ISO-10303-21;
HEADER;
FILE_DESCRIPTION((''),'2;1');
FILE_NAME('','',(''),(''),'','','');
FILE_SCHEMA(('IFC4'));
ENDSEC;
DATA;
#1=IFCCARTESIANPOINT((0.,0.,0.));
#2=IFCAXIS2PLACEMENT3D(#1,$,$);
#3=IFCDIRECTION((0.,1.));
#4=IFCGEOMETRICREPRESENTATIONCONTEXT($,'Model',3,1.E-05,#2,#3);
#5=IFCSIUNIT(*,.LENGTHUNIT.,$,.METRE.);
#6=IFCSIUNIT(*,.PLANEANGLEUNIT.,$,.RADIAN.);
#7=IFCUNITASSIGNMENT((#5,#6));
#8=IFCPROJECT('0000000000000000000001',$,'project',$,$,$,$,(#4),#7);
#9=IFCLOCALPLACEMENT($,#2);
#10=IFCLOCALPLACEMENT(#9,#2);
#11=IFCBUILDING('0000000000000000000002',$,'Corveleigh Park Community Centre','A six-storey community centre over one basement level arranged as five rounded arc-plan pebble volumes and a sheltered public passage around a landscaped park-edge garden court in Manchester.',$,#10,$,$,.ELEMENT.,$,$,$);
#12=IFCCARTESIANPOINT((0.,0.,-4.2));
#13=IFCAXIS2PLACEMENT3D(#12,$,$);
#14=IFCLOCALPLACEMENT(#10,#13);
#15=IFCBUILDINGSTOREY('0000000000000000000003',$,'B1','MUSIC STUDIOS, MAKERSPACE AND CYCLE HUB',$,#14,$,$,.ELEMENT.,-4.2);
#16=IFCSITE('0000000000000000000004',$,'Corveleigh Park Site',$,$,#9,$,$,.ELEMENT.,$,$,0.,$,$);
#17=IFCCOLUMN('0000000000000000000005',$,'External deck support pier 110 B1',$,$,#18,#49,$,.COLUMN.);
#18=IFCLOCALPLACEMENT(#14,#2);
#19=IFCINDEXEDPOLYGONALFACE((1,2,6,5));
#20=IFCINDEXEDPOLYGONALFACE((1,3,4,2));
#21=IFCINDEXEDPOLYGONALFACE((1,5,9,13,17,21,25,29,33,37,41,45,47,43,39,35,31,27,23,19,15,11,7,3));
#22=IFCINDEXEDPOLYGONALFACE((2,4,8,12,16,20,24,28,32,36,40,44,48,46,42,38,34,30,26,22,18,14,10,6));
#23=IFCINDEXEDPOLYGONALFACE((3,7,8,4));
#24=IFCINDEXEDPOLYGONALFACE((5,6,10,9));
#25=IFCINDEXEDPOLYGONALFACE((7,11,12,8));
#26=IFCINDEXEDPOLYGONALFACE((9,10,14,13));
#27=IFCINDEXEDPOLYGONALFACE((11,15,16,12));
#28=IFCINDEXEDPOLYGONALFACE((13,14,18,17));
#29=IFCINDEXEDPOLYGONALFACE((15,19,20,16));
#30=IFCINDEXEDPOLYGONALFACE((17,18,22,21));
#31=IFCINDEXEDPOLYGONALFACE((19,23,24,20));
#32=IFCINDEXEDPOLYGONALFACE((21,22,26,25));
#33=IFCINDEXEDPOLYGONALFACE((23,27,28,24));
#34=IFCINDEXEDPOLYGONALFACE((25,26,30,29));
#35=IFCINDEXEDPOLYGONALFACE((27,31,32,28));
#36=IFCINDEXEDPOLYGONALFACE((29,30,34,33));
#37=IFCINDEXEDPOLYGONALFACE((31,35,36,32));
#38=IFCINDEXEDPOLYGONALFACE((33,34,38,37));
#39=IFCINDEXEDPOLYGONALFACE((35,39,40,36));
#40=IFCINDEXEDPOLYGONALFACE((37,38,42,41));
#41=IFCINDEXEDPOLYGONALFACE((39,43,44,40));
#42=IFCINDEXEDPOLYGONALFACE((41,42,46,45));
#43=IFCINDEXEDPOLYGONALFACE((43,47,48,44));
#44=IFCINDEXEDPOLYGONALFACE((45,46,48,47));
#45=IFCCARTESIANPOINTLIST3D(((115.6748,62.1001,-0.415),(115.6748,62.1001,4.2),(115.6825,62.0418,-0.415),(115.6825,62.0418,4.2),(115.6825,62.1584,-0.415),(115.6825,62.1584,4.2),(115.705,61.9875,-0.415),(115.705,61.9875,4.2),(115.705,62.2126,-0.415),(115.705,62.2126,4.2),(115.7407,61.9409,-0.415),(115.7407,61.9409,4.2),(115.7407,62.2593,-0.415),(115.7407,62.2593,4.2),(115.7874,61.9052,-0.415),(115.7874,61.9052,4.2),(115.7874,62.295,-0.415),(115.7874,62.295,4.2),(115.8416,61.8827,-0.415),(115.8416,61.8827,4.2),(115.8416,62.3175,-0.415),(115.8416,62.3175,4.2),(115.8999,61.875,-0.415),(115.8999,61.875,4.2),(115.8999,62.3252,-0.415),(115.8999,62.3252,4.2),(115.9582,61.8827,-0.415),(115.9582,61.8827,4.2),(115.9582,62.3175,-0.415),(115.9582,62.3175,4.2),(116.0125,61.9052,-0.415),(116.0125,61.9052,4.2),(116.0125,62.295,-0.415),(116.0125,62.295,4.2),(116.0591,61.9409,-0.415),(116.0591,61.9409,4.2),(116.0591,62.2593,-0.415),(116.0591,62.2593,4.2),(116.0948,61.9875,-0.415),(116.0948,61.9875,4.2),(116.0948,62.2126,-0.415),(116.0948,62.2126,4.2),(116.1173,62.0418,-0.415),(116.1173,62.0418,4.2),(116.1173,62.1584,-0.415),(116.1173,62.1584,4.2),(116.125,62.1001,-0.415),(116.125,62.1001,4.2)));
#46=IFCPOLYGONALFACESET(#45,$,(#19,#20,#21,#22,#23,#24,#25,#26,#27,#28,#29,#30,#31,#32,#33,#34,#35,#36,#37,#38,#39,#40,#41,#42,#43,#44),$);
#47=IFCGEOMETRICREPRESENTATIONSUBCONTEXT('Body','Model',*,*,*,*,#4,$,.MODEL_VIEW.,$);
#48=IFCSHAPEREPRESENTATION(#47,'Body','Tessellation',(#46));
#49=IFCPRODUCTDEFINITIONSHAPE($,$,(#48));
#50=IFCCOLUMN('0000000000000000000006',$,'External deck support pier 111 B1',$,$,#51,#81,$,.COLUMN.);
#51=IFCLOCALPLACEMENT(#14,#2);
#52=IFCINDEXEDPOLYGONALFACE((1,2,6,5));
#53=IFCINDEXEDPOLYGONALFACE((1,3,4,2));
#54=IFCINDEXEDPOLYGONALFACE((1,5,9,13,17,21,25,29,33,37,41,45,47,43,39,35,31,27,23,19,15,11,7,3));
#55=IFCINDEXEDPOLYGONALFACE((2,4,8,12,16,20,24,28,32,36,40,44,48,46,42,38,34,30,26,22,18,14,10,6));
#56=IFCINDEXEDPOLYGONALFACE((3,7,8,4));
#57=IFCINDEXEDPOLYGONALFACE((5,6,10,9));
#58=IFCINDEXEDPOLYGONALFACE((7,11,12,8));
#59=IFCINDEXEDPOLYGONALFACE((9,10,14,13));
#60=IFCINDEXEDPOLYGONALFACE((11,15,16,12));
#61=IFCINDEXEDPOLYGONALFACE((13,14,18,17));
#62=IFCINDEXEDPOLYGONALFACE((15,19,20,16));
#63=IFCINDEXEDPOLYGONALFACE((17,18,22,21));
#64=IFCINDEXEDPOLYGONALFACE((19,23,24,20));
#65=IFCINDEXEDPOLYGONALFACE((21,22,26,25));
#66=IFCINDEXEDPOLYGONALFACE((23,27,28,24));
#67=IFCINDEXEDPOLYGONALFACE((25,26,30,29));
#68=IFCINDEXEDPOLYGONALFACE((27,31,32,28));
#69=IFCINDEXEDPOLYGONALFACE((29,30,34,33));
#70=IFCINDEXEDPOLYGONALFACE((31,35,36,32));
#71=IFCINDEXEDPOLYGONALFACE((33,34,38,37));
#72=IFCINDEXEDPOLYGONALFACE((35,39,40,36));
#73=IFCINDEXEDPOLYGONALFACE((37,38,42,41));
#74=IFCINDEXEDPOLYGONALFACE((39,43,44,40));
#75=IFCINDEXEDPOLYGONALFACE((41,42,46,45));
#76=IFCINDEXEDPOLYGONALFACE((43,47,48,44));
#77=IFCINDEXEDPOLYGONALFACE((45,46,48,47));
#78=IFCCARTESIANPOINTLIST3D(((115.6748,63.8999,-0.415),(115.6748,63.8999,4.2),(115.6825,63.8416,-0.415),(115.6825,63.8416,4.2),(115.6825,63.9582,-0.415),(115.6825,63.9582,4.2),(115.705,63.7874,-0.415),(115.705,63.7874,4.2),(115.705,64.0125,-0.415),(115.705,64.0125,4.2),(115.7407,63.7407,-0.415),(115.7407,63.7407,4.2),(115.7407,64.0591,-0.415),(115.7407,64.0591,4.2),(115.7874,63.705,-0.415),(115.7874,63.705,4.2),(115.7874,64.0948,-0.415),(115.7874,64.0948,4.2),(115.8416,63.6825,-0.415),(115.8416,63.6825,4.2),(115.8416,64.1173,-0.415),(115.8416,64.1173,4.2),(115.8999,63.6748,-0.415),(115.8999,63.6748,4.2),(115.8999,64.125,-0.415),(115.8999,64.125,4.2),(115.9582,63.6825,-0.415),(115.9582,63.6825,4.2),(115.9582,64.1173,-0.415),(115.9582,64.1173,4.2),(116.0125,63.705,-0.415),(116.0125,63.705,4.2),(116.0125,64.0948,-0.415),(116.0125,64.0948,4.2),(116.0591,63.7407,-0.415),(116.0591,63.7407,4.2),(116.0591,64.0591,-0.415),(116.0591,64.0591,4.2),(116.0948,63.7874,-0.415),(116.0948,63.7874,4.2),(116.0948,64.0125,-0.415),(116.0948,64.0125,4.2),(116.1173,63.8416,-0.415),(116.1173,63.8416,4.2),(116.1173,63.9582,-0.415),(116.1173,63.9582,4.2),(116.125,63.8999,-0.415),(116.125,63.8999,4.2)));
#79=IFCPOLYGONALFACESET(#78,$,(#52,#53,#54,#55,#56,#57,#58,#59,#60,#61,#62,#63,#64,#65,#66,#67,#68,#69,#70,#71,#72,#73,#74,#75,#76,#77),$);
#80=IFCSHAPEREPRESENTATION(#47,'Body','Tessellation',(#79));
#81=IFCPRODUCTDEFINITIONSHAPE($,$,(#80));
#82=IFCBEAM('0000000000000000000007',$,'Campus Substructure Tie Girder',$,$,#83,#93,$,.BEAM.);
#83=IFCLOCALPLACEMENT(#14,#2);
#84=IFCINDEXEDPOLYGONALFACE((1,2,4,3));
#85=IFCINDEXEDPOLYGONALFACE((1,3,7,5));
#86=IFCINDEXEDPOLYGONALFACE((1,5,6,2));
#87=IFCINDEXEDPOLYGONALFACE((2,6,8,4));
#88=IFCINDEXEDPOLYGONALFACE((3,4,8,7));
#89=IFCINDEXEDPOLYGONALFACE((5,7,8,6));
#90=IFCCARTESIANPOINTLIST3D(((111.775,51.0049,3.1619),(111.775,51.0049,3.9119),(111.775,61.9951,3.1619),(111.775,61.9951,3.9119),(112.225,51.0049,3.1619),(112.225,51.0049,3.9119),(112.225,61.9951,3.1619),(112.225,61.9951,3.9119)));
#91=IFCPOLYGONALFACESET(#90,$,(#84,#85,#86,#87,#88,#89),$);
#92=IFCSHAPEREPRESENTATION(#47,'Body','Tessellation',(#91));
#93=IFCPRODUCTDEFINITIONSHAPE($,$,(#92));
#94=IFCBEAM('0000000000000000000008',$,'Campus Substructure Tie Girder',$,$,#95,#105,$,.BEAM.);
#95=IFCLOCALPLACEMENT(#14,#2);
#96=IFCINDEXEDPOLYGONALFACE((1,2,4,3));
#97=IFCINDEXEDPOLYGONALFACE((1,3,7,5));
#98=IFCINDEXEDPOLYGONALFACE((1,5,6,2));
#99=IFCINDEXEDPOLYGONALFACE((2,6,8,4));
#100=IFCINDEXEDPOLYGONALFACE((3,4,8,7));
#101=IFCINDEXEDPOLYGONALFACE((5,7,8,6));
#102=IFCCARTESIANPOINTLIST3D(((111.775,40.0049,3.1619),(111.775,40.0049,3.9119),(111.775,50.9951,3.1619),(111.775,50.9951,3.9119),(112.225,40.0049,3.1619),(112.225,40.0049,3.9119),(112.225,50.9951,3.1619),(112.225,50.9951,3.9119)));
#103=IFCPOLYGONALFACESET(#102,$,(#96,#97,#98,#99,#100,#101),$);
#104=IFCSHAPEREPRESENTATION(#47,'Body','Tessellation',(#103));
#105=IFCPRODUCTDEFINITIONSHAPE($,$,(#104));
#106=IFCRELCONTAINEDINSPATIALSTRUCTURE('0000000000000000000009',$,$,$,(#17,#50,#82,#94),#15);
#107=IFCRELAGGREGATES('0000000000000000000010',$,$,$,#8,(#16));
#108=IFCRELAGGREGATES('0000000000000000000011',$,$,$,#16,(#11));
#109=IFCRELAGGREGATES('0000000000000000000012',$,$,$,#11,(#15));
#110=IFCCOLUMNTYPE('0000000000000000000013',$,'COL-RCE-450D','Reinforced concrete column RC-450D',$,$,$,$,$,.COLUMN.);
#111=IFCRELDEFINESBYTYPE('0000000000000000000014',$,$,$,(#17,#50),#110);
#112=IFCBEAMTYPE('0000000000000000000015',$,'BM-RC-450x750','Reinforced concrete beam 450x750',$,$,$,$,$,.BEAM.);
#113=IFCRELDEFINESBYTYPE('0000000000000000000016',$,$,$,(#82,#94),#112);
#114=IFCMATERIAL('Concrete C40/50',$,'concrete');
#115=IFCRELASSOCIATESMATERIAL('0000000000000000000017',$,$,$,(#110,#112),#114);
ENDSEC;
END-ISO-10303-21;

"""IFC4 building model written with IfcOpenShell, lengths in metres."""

from ifc_helpers import new_model, si_unit, direction, frame, origin, origin_2d, place, context, subcontext, project, spatial, rectangle, circle, extrude, material, material_profile, profile_set, type_object, element, save


model = new_model("IFC4")

# Units and contexts
model_context = context("Model", 3, precision=1e-05, world=origin(), true_north=direction((0.0, 1.0)))
body_context = subcontext(model_context, "Body", "Model", "MODEL_VIEW")
ifc_project = project(units=[si_unit("LENGTHUNIT", "METRE"), si_unit("PLANEANGLEUNIT", "RADIAN")], contexts=[model_context])

# Site, building, storey
site_placement = place(None, origin())
site = spatial("IfcSite", under=ifc_project, at=site_placement, Name="Corveleigh Park Site", CompositionType="ELEMENT", RefElevation=0.0)
building_placement = place(site_placement, origin())
building = spatial("IfcBuilding", under=site, at=building_placement, Name="Corveleigh Park Community Centre", Description="A six-storey community centre over one basement level arranged as five rounded arc-plan pebble volumes and a sheltered public passage around a landscaped park-edge garden court in Manchester.", CompositionType="ELEMENT")
storey_placement = place(building_placement, frame((0.0, 0.0, -4.2)))
storey = spatial("IfcBuildingStorey", under=building, at=storey_placement, Name="B1", Description="MUSIC STUDIOS, MAKERSPACE AND CYCLE HUB", CompositionType="ELEMENT", Elevation=-4.2)

# Shared definitions
ifc_material_1 = material(Name="Concrete C40/50", Category="concrete")

# Columns
ifc_material_profile_1 = material_profile(ifc_material_1, circle(Radius=0.2251, at=origin_2d()), Name="RC-450D", Category="concrete")
ifc_profile_set_1 = profile_set([ifc_material_profile_1], Name="Concrete C40/50")
column_type_1 = type_object("IfcColumnType", Name="COL-RCE-450D", Description="Reinforced concrete column RC-450D", PredefinedType="COLUMN", material=ifc_profile_set_1)
for number, where, z_axis, x_axis, name in (
    (1, (115.8999, 62.1001, -0.415), (0.0, 0.0, 1.0), (1.0, 0.0, 0.0), "External deck support pier 110 B1"),
    (2, (115.8999, 63.8999, -0.415), (0.0, 0.0, 1.0), (1.0, 0.0, 0.0), "External deck support pier 111 B1"),
):
    element("IfcColumn", number, at=place(storey_placement, frame(where, z_axis=z_axis, x_axis=x_axis)), inside=storey, type_object=column_type_1, Name=name, PredefinedType="COLUMN", context=body_context, shape_type="SweptSolid", body=[
        extrude(circle(Radius=0.2251, at=origin_2d()), origin(), (0.0, 0.0, 1.0), 4.615),
    ])

# Beams
ifc_material_profile_2 = material_profile(ifc_material_1, rectangle(XDim=0.45, YDim=0.75, at=origin_2d()), Name="RC-450x750", Category="concrete")
ifc_profile_set_2 = profile_set([ifc_material_profile_2], Name="Concrete C40/50")
beam_type = type_object("IfcBeamType", Name="BM-RC-450x750", Description="Reinforced concrete beam 450x750", PredefinedType="BEAM", material=ifc_profile_set_2)
for number, where, z_axis, x_axis, name in (
    (3, (112.0, 61.9951, 3.5369), (0.0, -1.0, 0.0), (1.0, 0.0, 0.0), "Campus Substructure Tie Girder"),
    (4, (112.0, 50.9951, 3.5369), (0.0, -1.0, 0.0), (1.0, 0.0, 0.0), "Campus Substructure Tie Girder"),
):
    element("IfcBeam", number, at=place(storey_placement, frame(where, z_axis=z_axis, x_axis=x_axis)), inside=storey, type_object=beam_type, Name=name, PredefinedType="BEAM", context=body_context, shape_type="SweptSolid", body=[
        extrude(rectangle(XDim=0.45, YDim=0.75, at=origin_2d()), origin(), (0.0, 0.0, 1.0), 10.9902),
    ])

save(model, "model.ifc")
